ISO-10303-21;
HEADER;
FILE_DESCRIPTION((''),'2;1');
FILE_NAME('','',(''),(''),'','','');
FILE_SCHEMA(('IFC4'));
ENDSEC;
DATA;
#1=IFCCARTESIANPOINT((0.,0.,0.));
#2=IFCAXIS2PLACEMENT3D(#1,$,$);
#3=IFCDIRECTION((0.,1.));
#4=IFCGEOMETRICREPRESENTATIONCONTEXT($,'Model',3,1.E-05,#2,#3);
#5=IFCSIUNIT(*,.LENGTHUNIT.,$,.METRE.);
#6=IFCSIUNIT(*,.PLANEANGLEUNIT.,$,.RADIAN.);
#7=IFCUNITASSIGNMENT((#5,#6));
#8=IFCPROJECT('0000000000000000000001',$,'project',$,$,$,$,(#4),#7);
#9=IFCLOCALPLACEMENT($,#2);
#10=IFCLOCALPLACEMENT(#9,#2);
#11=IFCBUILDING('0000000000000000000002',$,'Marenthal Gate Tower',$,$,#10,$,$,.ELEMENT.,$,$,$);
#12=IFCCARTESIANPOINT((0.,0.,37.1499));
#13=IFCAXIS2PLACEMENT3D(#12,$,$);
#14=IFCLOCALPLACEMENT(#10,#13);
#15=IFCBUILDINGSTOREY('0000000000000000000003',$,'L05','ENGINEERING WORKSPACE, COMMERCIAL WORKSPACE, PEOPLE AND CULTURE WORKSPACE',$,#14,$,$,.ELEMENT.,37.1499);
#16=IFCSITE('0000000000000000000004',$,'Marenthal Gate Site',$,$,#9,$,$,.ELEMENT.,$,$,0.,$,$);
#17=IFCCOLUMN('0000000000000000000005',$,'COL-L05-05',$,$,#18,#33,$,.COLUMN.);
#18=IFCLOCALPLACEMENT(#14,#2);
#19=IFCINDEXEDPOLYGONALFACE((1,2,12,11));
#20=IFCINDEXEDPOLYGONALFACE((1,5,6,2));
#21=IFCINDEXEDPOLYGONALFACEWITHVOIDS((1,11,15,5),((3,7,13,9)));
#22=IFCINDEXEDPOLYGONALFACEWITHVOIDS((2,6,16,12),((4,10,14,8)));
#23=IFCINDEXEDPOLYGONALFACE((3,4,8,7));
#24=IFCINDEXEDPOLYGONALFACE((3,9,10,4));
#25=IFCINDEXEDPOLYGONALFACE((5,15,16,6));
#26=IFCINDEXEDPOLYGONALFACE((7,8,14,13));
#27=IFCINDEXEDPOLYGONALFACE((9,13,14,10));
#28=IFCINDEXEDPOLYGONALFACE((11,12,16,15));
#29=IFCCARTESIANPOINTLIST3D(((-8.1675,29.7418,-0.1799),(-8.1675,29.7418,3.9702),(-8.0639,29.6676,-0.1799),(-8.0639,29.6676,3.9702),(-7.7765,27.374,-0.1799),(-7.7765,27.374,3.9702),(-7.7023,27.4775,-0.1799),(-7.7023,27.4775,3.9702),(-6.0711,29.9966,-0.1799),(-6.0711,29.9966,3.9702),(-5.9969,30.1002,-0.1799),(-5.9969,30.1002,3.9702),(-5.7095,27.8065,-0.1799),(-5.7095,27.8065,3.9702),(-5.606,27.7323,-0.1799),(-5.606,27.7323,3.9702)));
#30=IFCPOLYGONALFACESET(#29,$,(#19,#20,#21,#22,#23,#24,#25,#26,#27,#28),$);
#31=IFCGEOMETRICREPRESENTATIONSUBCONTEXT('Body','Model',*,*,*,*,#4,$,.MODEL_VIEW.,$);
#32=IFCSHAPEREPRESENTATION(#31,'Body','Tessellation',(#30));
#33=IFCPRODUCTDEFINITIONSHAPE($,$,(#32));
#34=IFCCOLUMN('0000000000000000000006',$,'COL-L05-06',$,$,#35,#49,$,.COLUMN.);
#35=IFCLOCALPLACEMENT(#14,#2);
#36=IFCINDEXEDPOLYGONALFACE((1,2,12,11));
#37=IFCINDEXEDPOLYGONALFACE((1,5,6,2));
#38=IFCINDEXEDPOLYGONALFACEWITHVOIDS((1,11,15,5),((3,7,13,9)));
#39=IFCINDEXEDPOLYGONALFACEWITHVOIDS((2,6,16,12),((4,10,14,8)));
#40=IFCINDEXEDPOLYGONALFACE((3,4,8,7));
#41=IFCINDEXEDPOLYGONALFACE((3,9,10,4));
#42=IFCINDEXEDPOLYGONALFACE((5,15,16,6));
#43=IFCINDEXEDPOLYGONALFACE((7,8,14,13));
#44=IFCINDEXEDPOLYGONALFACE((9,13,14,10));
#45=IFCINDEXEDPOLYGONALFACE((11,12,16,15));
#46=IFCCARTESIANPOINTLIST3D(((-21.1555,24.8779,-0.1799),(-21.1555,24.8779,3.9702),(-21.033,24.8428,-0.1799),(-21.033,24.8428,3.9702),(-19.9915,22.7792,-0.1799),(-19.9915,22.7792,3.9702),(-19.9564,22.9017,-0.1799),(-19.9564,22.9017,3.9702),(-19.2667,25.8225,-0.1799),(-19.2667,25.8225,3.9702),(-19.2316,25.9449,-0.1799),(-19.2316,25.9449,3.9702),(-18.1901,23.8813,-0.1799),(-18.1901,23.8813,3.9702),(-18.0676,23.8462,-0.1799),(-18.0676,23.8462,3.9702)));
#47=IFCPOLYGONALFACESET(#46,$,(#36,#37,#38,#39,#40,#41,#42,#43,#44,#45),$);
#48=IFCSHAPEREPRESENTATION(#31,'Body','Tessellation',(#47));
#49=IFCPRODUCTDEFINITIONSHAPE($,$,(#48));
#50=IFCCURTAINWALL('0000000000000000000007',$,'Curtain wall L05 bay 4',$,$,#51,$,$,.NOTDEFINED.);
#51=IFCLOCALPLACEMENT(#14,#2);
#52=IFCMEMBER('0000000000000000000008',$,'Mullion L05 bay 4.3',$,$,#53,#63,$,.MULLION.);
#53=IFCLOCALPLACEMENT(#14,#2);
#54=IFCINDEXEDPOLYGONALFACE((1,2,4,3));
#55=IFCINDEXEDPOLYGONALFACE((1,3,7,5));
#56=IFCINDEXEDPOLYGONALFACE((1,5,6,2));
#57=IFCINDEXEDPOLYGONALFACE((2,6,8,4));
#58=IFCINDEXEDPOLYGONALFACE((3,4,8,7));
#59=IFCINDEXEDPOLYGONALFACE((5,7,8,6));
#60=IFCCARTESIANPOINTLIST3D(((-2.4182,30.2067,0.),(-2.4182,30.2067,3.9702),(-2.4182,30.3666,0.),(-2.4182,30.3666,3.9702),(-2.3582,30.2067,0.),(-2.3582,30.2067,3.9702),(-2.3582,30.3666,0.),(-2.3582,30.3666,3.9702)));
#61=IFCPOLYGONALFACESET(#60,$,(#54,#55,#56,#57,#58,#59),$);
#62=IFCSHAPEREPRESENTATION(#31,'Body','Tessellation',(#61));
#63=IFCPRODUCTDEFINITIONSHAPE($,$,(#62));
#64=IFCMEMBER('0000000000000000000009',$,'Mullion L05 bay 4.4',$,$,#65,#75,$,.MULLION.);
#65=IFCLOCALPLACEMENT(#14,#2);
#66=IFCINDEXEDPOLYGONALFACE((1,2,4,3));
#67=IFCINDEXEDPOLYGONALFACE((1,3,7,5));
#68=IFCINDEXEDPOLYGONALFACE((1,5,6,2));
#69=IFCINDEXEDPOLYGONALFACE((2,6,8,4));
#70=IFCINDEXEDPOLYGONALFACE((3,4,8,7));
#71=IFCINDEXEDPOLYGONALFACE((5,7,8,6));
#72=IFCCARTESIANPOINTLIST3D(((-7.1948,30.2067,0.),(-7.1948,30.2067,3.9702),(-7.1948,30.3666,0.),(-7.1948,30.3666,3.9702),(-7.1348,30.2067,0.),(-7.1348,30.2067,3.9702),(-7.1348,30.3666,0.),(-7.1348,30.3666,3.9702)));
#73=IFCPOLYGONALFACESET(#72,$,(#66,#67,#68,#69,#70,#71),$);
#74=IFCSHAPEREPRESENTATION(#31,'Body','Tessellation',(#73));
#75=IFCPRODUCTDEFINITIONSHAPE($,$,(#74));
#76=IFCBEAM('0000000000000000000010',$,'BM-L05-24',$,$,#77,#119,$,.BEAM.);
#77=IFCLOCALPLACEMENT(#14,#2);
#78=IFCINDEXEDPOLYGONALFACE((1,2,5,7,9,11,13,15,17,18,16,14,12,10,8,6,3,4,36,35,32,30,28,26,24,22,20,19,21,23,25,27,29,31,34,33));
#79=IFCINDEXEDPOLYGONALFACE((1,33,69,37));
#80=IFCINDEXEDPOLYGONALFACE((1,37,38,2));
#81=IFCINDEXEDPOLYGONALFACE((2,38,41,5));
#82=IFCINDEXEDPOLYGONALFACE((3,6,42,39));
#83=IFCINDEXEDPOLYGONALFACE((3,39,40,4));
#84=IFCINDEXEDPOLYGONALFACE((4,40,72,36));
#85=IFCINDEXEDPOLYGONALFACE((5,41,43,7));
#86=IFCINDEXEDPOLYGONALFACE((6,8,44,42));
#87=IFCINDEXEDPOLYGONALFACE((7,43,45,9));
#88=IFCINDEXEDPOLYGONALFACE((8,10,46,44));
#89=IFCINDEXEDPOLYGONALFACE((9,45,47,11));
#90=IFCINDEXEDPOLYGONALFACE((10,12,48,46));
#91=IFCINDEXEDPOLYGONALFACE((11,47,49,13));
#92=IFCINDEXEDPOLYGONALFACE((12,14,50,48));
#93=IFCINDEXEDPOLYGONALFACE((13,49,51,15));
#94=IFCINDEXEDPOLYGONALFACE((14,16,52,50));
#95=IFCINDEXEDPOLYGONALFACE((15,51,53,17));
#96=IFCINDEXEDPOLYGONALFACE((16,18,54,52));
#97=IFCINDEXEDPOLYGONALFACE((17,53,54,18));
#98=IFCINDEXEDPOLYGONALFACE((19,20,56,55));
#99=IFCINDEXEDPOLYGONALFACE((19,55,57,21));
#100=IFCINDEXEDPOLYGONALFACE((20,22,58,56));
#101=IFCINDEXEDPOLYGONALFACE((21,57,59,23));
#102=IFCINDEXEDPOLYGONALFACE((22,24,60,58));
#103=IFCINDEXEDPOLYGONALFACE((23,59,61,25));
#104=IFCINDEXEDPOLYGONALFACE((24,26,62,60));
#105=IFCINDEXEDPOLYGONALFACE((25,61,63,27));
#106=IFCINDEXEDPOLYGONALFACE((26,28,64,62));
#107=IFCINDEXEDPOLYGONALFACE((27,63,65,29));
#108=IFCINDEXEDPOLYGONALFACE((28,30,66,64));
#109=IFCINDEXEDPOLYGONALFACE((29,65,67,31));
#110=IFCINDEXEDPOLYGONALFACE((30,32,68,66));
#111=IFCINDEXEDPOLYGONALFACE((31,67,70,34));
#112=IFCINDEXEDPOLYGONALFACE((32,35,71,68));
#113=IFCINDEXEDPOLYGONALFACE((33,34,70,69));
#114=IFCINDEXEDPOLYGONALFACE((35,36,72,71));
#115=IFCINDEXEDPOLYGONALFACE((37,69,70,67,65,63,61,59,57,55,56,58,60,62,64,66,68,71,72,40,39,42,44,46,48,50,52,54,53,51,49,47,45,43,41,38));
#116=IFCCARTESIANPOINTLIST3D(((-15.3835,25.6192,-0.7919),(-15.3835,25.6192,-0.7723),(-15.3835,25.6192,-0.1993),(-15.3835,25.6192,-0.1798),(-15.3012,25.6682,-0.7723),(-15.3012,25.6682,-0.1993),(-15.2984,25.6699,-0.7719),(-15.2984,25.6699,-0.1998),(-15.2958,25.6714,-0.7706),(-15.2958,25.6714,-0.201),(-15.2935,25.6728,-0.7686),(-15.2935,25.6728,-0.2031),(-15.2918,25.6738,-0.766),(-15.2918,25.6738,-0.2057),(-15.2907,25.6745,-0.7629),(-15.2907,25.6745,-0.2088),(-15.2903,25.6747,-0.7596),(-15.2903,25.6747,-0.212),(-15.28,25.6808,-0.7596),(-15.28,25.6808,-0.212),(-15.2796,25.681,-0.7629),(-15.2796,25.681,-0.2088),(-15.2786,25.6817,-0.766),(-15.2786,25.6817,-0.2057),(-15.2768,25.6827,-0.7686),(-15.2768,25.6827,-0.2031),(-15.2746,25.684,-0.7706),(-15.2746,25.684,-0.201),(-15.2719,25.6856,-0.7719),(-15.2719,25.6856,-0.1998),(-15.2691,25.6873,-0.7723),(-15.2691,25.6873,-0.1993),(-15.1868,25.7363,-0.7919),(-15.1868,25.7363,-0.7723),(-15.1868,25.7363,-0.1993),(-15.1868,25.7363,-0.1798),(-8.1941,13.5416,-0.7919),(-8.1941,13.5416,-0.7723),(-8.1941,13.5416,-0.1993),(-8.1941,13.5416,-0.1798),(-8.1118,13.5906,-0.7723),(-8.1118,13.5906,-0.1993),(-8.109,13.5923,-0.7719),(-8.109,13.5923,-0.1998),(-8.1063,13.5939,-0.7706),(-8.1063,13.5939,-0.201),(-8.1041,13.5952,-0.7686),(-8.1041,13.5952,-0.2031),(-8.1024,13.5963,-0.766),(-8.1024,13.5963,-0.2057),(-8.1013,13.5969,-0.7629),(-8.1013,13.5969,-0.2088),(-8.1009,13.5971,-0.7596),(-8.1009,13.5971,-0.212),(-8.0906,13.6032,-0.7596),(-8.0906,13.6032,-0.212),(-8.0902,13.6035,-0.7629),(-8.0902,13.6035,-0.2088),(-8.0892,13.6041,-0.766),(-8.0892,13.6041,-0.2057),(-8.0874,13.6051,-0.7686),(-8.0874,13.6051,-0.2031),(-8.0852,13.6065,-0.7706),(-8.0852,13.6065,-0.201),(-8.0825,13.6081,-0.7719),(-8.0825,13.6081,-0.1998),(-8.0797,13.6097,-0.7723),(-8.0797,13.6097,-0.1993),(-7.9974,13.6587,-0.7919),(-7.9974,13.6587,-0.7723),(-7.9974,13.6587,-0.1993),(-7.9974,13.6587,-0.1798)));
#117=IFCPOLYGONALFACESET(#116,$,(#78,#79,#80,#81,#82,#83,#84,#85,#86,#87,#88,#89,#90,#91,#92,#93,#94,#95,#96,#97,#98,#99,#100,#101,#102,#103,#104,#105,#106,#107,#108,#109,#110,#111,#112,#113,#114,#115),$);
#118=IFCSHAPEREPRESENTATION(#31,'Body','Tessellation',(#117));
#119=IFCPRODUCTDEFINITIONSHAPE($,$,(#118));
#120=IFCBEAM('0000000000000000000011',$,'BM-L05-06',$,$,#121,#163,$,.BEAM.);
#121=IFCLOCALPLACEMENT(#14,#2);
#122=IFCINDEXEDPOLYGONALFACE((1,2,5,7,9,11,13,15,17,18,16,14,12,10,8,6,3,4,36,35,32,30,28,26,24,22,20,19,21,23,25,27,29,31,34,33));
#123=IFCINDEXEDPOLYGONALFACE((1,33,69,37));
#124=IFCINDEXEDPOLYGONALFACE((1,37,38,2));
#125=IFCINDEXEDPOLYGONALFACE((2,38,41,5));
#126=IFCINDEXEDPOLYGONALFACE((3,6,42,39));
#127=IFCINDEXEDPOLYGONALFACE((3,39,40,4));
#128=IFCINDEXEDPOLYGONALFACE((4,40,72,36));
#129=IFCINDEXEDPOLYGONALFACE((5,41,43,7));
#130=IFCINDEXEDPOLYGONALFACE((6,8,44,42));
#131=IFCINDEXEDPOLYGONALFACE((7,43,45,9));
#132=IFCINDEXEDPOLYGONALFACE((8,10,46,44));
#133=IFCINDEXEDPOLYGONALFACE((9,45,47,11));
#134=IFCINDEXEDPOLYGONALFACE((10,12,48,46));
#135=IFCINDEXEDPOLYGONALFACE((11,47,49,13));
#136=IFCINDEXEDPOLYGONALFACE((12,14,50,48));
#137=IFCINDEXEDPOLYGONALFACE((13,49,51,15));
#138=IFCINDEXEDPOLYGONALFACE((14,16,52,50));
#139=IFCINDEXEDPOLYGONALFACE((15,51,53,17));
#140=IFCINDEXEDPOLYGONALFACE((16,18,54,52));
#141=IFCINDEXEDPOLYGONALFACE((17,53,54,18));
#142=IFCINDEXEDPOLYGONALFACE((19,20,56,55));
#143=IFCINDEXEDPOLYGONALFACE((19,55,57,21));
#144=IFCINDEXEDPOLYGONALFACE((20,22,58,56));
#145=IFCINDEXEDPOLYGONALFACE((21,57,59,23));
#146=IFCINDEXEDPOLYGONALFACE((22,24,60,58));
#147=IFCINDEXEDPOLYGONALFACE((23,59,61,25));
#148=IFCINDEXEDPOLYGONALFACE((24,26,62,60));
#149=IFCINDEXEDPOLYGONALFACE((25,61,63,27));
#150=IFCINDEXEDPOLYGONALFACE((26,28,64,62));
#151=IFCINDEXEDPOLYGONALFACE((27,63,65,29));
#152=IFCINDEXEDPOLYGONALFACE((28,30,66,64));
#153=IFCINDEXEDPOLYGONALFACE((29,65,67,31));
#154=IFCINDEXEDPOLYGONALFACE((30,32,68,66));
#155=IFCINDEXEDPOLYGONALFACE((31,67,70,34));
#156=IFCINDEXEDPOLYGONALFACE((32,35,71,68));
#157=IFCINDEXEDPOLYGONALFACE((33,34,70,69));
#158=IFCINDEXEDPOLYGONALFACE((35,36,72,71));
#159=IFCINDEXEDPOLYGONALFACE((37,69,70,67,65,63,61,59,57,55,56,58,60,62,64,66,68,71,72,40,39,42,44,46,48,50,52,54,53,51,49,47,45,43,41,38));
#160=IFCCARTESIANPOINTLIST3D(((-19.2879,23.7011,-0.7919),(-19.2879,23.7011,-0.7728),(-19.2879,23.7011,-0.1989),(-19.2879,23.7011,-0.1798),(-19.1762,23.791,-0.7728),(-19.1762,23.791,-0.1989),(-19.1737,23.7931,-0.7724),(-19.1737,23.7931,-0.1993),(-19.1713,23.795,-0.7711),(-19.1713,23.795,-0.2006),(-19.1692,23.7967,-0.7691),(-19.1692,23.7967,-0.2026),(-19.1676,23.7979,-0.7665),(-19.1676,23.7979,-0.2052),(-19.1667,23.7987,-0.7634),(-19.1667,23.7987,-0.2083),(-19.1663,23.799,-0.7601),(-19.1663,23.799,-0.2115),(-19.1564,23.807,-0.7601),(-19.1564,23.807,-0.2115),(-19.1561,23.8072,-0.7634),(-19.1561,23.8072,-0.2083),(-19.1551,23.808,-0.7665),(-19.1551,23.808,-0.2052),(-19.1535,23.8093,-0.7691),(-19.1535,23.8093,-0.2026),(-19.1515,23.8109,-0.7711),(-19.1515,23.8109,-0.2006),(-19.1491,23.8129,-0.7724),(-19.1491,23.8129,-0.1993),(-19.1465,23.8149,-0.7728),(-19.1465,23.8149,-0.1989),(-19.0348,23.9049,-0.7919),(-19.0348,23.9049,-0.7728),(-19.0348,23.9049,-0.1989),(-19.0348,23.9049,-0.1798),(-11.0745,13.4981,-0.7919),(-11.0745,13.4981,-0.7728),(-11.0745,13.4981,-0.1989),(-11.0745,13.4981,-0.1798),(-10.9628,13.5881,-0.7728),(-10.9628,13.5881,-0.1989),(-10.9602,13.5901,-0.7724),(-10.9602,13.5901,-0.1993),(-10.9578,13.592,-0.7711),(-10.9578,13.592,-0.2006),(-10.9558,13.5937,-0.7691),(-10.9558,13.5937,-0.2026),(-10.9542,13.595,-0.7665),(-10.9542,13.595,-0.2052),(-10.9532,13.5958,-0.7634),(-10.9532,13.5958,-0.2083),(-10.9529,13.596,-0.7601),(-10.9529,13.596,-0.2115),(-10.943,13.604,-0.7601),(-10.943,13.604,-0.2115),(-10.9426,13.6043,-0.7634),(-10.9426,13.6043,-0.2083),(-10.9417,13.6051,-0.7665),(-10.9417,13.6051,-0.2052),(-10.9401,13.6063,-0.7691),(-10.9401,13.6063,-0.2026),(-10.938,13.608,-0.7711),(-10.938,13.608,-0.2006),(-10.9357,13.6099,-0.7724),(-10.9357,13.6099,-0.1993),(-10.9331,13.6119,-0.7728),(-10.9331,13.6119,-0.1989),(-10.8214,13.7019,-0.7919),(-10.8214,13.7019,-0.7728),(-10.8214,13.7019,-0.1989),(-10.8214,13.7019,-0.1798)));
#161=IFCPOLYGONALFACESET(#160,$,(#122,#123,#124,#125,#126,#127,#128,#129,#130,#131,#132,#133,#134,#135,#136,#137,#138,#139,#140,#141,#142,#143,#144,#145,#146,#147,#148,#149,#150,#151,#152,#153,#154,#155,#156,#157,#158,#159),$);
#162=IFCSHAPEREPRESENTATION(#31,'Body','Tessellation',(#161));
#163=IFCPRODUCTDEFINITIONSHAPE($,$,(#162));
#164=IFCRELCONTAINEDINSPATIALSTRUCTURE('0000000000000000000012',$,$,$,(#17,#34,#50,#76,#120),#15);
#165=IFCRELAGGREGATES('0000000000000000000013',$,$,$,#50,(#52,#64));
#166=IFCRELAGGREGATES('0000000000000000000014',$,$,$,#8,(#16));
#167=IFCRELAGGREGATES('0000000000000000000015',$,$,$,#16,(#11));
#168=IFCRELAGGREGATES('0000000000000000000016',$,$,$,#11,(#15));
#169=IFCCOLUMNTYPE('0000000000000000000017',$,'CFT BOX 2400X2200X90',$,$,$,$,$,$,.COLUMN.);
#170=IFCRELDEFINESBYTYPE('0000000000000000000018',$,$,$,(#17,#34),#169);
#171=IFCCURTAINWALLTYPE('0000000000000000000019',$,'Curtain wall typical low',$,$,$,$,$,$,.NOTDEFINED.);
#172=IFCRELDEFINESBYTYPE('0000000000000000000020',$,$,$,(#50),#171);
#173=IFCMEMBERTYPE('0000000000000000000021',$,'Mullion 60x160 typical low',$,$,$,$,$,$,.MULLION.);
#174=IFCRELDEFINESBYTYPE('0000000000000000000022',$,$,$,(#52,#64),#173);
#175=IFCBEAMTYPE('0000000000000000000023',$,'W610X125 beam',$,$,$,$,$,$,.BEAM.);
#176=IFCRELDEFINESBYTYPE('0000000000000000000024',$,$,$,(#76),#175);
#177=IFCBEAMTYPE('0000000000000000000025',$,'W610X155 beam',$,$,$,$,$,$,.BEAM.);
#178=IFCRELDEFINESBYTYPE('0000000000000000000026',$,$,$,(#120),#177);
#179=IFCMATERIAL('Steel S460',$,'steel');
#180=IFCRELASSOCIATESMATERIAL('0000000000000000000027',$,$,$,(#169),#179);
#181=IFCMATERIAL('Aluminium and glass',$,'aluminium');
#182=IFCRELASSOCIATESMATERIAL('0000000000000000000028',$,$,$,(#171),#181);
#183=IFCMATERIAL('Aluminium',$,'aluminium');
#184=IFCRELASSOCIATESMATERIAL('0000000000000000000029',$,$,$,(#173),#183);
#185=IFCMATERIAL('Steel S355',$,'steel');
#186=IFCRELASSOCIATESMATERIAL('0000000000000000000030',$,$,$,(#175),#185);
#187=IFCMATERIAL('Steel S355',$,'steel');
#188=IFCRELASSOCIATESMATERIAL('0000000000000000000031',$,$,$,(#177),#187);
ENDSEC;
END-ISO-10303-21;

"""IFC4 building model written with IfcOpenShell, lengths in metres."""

from ifc_helpers import new_model, si_unit, direction, frame, origin, origin_2d, place, context, subcontext, project, spatial, rectangle, hollow_rectangle, i_section, extrude, material, material_profile, profile_set, type_object, element, aggregate, save


model = new_model("IFC4")

# Units and contexts
model_context = context("Model", 3, precision=1e-05, world=origin(), true_north=direction((0.0, 1.0)))
body_context = subcontext(model_context, "Body", "Model", "MODEL_VIEW")
ifc_project = project(units=[si_unit("LENGTHUNIT", "METRE"), si_unit("PLANEANGLEUNIT", "RADIAN")], contexts=[model_context])

# Site, building, storey
site_placement = place(None, origin())
site = spatial("IfcSite", under=ifc_project, at=site_placement, Name="Marenthal Gate Site", CompositionType="ELEMENT", RefElevation=0.0)
building_placement = place(site_placement, origin())
building = spatial("IfcBuilding", under=site, at=building_placement, Name="Marenthal Gate Tower", CompositionType="ELEMENT")
storey_placement = place(building_placement, frame((0.0, 0.0, 37.1499)))
storey = spatial("IfcBuildingStorey", under=building, at=storey_placement, Name="L05", Description="ENGINEERING WORKSPACE, COMMERCIAL WORKSPACE, PEOPLE AND CULTURE WORKSPACE", CompositionType="ELEMENT", Elevation=37.1499)

# Columns
ifc_material_1 = material(Name="Steel S460", Category="steel")
ifc_material_profile_1 = material_profile(ifc_material_1, hollow_rectangle(XDim=2.2, YDim=2.3999, WallThickness=0.0901, at=origin_2d()), Name="CFT BOX 2400X2200X90")
ifc_material_2 = material(Name="Concrete 70 MPa", Category="concrete")
ifc_material_profile_2 = material_profile(ifc_material_2, rectangle(XDim=2.02, YDim=2.22, at=origin_2d()), Name="CFT BOX 2400X2200X90 INFILL")
ifc_profile_set_1 = profile_set([ifc_material_profile_1, ifc_material_profile_2], Name="Steel S460 shell, Concrete 70 MPa infill")
column_type = type_object("IfcColumnType", Name="CFT BOX 2400X2200X90", PredefinedType="COLUMN", material=ifc_profile_set_1)
for number, where, z_axis, x_axis, name in (
    (1, (-6.8867, 28.7371, -0.1799), (0.0, 0.0, 1.0), (0.986643, 0.162897, 0.0), "COL-L05-05"),
    (2, (-19.6116, 24.3621, -0.1799), (0.0, 0.0, 1.0), (0.874509, 0.48501, 0.0), "COL-L05-06"),
):
    element("IfcColumn", number, at=place(storey_placement, frame(where, z_axis=z_axis, x_axis=x_axis)), inside=storey, type_object=column_type, Name=name, PredefinedType="COLUMN", context=body_context, shape_type="SweptSolid", body=[
        extrude(hollow_rectangle(XDim=2.2, YDim=2.3999, WallThickness=0.0901, at=origin_2d()), origin(), (0.0, 0.0, 1.0), 4.1501),
    ])

# Curtain wall, members
ifc_material_3 = material(Name="Aluminium and glass", Category="aluminium")
curtain_wall_type = type_object("IfcCurtainWallType", Name="Curtain wall typical low", PredefinedType="NOTDEFINED", material=ifc_material_3)
curtain_wall_placement = place(storey_placement, origin())
curtain_wall = element("IfcCurtainWall", 3, at=curtain_wall_placement, inside=storey, type_object=curtain_wall_type, Name="Curtain wall L05 bay 4", PredefinedType="NOTDEFINED")
ifc_material_4 = material(Name="Aluminium", Category="aluminium")
ifc_material_profile_3 = material_profile(ifc_material_4, rectangle(XDim=0.1599, YDim=0.0601, at=origin_2d()), Name="60x160 aluminium mullion")
ifc_profile_set_2 = profile_set([ifc_material_profile_3], Name="Aluminium")
member_type = type_object("IfcMemberType", Name="Mullion 60x160 typical low", PredefinedType="MULLION", material=ifc_profile_set_2)
member_1_placement = place(storey_placement, frame((-2.3882, 30.2866, 0.0), z_axis=(0.0, 0.0, 1.0), x_axis=(0.0, -1.0, 0.0)))
member_1 = element("IfcMember", 4, at=member_1_placement, type_object=member_type, Name="Mullion L05 bay 4.3", PredefinedType="MULLION", context=body_context, shape_type="SweptSolid", body=[
    extrude(rectangle(XDim=0.1599, YDim=0.0601, at=origin_2d()), origin(), (0.0, 0.0, 1.0), 3.9702),
])
member_2_placement = place(storey_placement, frame((-7.1648, 30.2866, 0.0), z_axis=(0.0, 0.0, 1.0), x_axis=(0.0, -1.0, 0.0)))
member_2 = element("IfcMember", 5, at=member_2_placement, type_object=member_type, Name="Mullion L05 bay 4.4", PredefinedType="MULLION", context=body_context, shape_type="SweptSolid", body=[
    extrude(rectangle(XDim=0.1599, YDim=0.0601, at=origin_2d()), origin(), (0.0, 0.0, 1.0), 3.9702),
])

# Beams
ifc_material_5 = material(Name="Steel S355", Category="steel")
ifc_material_profile_4 = material_profile(ifc_material_5, i_section(OverallWidth=0.229, OverallDepth=0.6121, WebThickness=0.012, FlangeThickness=0.0195, FilletRadius=0.0127, at=origin_2d()), Name="W610X125")
ifc_profile_set_3 = profile_set([ifc_material_profile_4], Name="Steel S355")
beam_type_1 = type_object("IfcBeamType", Name="W610X125 beam", PredefinedType="BEAM", material=ifc_profile_set_3)
beam_1_placement = place(storey_placement, frame((-15.2852, 25.6777, -0.4858), z_axis=(0.511504, -0.859281, 0.0), x_axis=(0.859281, 0.511504, 0.0)))
element("IfcBeam", 6, at=beam_1_placement, inside=storey, type_object=beam_type_1, Name="BM-L05-24", PredefinedType="BEAM", context=body_context, shape_type="SweptSolid", body=[
    extrude(i_section(OverallWidth=0.229, OverallDepth=0.6121, WebThickness=0.012, FlangeThickness=0.0195, FilletRadius=0.0127, at=origin_2d()), origin(), (0.0, 0.0, 1.0), 14.0554),
])
ifc_material_6 = material(Name="Steel S355", Category="steel")
ifc_material_profile_5 = material_profile(ifc_material_6, i_section(OverallWidth=0.325, OverallDepth=0.6121, WebThickness=0.0127, FlangeThickness=0.019, FilletRadius=0.0127, at=origin_2d()), Name="W610X155")
ifc_profile_set_4 = profile_set([ifc_material_profile_5], Name="Steel S355")
beam_type_2 = type_object("IfcBeamType", Name="W610X155 beam", PredefinedType="BEAM", material=ifc_profile_set_4)
beam_2_placement = place(storey_placement, frame((-19.1614, 23.803, -0.4858), z_axis=(0.62707, -0.778963, 0.0), x_axis=(0.778963, 0.62707, 0.0)))
element("IfcBeam", 7, at=beam_2_placement, inside=storey, type_object=beam_type_2, Name="BM-L05-06", PredefinedType="BEAM", context=body_context, shape_type="SweptSolid", body=[
    extrude(i_section(OverallWidth=0.325, OverallDepth=0.6121, WebThickness=0.0127, FlangeThickness=0.019, FilletRadius=0.0127, at=origin_2d()), origin(), (0.0, 0.0, 1.0), 13.0981),
])

aggregate(curtain_wall, [member_1, member_2])

save(model, "model.ifc")
